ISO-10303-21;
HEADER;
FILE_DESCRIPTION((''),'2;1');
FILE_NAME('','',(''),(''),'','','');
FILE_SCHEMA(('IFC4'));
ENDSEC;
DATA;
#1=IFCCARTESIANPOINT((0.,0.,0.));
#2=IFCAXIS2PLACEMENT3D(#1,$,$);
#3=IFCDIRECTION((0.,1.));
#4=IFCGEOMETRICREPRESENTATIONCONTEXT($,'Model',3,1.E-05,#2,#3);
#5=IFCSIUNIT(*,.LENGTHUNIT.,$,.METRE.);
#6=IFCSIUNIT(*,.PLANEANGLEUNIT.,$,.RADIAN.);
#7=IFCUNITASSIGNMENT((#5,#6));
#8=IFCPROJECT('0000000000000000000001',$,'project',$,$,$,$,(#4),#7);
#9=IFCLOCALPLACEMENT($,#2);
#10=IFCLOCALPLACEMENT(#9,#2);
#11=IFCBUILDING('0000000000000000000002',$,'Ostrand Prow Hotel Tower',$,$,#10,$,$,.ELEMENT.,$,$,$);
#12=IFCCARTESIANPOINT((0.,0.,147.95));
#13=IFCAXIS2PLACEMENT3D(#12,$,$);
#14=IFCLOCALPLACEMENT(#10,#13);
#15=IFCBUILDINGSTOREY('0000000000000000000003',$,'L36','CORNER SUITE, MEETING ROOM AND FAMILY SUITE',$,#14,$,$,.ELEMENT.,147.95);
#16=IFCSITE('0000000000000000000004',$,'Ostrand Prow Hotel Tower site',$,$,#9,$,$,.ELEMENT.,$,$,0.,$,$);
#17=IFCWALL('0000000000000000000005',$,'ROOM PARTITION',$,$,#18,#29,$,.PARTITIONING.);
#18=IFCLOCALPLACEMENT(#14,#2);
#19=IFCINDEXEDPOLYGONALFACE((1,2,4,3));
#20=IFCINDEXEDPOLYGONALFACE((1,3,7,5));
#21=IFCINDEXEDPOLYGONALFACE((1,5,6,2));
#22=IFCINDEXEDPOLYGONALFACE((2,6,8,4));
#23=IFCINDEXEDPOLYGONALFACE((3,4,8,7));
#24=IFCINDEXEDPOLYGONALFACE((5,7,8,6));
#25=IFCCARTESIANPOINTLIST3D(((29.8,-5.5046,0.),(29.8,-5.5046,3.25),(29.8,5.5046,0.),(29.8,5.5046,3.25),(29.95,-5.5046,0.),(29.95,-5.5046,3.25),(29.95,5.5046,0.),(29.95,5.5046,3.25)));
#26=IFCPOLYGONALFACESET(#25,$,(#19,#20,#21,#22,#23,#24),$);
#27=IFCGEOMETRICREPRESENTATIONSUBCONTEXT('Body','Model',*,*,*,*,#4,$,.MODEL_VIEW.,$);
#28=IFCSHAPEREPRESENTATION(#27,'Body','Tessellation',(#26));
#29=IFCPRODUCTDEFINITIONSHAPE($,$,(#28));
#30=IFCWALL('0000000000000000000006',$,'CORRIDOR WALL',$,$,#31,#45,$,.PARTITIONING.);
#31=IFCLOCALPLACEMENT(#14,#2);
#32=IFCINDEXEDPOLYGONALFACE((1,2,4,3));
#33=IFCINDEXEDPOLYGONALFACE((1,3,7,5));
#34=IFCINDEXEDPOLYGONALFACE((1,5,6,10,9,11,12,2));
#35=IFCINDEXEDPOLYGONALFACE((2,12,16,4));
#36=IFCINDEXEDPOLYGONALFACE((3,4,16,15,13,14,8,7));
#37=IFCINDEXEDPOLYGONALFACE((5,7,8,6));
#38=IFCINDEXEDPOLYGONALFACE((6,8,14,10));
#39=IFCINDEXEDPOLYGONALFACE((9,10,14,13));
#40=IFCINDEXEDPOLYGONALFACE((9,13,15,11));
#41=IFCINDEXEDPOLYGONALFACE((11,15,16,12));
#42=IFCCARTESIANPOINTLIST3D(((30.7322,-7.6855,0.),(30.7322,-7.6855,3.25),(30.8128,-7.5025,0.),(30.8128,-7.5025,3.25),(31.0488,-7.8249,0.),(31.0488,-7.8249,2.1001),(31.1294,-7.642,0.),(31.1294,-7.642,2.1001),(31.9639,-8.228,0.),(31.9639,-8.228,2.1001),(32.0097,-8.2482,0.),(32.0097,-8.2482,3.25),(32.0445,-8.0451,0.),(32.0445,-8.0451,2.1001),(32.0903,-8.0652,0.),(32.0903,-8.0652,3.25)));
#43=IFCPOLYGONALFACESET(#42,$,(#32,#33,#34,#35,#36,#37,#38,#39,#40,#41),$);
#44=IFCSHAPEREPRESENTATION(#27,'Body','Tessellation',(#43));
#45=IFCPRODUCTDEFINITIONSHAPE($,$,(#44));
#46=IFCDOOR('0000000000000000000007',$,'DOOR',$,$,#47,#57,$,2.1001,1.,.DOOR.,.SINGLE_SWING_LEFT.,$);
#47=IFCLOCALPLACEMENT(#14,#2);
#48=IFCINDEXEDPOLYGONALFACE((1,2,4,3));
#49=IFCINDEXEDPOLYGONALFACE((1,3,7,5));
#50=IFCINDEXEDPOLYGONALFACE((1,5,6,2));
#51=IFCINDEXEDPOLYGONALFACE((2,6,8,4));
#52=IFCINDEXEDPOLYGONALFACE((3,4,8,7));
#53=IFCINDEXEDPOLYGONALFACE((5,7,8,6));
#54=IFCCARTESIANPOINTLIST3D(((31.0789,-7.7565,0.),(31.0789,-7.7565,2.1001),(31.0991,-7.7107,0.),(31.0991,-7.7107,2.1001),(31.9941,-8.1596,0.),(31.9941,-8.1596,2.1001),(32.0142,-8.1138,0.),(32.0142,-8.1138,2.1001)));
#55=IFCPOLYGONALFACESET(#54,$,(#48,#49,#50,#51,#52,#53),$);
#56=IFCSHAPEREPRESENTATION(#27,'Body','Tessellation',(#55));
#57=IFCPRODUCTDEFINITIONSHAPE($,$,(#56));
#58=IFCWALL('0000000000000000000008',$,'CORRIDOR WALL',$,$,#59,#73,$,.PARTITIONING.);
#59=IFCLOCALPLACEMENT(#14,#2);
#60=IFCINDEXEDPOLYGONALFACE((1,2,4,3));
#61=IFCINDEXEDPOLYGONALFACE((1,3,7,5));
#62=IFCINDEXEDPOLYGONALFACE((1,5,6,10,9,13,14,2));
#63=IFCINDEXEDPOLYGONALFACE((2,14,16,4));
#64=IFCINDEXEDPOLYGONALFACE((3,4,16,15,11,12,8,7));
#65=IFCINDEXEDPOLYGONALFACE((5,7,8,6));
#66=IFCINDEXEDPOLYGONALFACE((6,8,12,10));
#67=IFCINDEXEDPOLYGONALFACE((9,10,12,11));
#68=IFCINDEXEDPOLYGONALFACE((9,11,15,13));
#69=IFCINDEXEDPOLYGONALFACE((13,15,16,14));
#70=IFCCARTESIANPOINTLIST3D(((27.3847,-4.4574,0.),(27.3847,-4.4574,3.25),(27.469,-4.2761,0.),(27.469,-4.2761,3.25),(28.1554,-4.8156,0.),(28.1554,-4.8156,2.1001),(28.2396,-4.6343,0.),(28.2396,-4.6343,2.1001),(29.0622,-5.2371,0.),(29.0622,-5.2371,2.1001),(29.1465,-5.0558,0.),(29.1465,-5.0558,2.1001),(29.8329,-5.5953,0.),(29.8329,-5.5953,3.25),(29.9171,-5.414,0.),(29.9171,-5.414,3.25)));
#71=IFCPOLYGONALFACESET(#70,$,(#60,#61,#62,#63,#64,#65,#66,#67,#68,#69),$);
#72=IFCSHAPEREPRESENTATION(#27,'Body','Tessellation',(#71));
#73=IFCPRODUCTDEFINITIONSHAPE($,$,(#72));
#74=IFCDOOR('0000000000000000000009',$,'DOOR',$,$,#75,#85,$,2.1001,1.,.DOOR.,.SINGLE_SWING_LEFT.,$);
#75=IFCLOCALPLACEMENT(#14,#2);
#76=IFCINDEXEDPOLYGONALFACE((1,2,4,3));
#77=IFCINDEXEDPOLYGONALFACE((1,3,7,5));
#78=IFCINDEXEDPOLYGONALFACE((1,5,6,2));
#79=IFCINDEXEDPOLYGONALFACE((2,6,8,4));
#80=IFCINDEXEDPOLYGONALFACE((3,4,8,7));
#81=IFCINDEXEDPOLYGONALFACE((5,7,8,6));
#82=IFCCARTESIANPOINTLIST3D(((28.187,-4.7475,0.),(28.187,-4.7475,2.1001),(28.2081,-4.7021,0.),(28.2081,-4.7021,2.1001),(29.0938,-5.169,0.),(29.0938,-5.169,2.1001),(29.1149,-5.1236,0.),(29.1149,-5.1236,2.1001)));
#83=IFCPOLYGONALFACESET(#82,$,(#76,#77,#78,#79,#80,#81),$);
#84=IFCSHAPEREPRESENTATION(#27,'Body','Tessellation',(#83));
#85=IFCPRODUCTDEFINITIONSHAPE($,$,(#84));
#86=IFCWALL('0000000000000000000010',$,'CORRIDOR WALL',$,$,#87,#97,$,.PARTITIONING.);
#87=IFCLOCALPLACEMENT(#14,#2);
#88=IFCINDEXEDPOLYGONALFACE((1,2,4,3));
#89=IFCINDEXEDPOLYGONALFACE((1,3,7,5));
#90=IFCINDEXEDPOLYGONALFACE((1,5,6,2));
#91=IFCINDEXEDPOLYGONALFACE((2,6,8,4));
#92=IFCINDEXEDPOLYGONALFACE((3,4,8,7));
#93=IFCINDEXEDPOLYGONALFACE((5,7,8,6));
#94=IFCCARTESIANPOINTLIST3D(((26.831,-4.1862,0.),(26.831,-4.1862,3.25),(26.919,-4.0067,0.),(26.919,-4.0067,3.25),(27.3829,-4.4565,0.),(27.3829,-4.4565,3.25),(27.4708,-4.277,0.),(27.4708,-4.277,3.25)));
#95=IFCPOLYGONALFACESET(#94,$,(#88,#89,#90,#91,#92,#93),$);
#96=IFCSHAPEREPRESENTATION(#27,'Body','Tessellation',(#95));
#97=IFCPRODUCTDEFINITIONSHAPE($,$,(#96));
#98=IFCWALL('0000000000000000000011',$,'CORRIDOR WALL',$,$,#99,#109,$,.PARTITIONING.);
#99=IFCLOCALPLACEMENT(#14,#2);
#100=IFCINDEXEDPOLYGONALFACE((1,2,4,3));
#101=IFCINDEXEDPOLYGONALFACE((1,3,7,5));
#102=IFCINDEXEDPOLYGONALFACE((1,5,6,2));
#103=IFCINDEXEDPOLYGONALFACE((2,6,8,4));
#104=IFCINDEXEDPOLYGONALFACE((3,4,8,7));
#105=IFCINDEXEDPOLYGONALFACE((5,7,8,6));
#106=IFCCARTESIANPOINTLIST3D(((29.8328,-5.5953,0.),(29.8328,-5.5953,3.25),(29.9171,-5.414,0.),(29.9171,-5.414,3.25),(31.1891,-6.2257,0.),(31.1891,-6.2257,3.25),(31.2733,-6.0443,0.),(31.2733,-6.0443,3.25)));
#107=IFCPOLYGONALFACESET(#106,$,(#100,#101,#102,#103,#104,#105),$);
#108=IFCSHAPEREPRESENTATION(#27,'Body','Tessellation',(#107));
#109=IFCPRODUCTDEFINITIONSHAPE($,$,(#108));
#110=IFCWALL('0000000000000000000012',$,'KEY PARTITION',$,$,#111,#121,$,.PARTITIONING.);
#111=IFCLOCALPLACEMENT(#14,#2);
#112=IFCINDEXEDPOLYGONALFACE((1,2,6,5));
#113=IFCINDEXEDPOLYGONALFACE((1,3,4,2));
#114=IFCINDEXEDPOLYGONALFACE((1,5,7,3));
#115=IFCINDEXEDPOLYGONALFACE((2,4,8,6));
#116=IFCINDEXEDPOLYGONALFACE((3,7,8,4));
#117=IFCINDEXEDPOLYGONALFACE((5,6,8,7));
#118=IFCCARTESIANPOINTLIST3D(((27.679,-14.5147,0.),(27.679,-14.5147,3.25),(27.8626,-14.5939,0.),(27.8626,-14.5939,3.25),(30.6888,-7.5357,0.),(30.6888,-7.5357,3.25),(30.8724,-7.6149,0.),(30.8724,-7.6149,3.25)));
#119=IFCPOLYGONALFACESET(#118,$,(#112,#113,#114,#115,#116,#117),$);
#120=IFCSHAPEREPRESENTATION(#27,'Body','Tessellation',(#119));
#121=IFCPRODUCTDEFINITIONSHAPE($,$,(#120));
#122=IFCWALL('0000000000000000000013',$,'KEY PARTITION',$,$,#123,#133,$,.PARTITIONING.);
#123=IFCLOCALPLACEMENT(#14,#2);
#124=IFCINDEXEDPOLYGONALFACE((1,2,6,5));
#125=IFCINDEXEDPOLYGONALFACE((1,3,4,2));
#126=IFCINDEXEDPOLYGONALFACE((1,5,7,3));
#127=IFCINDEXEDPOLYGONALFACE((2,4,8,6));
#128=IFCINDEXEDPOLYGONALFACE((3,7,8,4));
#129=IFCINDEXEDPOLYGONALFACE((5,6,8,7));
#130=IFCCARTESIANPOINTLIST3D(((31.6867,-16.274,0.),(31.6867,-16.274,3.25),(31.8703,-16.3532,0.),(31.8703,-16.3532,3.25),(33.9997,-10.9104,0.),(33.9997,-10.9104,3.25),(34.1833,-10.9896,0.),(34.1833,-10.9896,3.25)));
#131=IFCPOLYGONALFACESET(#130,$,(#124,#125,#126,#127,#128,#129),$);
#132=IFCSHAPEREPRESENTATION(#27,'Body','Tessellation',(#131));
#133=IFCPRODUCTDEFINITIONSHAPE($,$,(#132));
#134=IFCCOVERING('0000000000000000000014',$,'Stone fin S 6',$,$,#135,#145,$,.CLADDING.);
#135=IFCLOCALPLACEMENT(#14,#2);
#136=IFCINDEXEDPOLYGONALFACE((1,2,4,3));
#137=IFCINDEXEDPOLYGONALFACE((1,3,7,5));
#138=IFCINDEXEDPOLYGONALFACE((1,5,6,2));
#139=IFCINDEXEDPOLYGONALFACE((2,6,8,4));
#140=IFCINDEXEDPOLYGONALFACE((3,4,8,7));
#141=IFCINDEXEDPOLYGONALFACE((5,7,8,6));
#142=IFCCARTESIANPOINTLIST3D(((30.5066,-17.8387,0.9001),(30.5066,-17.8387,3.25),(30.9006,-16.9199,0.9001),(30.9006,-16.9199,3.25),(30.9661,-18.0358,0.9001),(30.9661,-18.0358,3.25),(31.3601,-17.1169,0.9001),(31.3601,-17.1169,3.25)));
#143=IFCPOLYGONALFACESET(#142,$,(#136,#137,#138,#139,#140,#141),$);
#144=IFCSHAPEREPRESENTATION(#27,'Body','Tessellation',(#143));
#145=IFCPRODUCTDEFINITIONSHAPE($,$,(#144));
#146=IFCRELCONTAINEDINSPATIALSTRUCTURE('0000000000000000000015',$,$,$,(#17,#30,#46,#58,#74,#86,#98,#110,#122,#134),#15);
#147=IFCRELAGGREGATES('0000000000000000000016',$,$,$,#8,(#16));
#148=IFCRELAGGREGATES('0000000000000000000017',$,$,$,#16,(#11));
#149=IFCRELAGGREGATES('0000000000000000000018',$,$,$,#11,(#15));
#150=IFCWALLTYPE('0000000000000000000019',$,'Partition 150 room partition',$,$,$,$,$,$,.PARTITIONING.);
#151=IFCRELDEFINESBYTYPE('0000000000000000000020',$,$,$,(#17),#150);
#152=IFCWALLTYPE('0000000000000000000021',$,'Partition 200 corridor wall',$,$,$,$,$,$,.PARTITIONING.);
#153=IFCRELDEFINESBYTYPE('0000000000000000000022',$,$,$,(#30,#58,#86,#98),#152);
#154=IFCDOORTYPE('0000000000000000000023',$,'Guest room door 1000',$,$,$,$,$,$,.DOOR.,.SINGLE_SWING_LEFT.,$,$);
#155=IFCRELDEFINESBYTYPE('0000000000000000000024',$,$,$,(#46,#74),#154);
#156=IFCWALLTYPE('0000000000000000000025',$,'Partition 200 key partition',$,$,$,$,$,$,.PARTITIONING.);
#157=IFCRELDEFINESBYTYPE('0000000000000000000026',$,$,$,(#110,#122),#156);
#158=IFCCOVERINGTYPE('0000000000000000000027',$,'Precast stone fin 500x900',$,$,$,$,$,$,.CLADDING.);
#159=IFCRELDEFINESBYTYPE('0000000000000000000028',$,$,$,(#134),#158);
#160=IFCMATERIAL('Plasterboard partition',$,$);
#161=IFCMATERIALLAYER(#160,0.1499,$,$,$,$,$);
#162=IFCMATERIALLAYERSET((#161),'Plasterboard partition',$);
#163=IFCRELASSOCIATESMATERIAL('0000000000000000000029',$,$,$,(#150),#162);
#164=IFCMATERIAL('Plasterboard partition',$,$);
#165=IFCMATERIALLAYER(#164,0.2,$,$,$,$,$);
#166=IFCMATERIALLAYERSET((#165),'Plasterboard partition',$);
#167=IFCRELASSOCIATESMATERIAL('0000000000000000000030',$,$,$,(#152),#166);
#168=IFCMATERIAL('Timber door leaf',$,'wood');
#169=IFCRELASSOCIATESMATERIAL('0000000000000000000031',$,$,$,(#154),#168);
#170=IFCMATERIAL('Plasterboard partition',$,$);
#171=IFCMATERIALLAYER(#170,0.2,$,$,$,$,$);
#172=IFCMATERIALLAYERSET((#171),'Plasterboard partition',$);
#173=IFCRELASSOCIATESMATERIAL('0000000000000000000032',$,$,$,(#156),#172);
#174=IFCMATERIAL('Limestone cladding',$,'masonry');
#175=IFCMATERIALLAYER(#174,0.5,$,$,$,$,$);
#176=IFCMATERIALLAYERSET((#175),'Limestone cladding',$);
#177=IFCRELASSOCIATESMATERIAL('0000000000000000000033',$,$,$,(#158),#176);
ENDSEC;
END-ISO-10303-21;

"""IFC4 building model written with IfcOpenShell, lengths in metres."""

from ifc_helpers import new_model, si_unit, direction, frame, frame_2d, origin, place, context, subcontext, project, spatial, rectangle, extrude, material, layer, layer_set, type_object, element, fill, save


model = new_model("IFC4")

# Units and contexts
model_context = context("Model", 3, precision=1e-05, world=origin(), true_north=direction((0.0, 1.0)))
body_context = subcontext(model_context, "Body", "Model", "MODEL_VIEW")
ifc_project = project(units=[si_unit("LENGTHUNIT", "METRE"), si_unit("PLANEANGLEUNIT", "RADIAN")], contexts=[model_context])

# Site, building, storey
site_placement = place(None, origin())
site = spatial("IfcSite", under=ifc_project, at=site_placement, Name="Ostrand Prow Hotel Tower site", CompositionType="ELEMENT", RefElevation=0.0)
building_placement = place(site_placement, origin())
building = spatial("IfcBuilding", under=site, at=building_placement, Name="Ostrand Prow Hotel Tower", CompositionType="ELEMENT")
storey_placement = place(building_placement, frame((0.0, 0.0, 147.95)))
storey = spatial("IfcBuildingStorey", under=building, at=storey_placement, Name="L36", Description="CORNER SUITE, MEETING ROOM AND FAMILY SUITE", CompositionType="ELEMENT", Elevation=147.95)

# Wall
ifc_material_1 = material(Name="Plasterboard partition")
ifc_layer_1 = layer(ifc_material_1, 0.1499)
ifc_layer_set_1 = layer_set([ifc_layer_1], Name="Plasterboard partition")
wall_type_1 = type_object("IfcWallType", Name="Partition 150 room partition", PredefinedType="PARTITIONING", material=ifc_layer_set_1)
wall_1_placement = place(storey_placement, frame((29.875, -5.5046, 0.0), z_axis=(0.0, 0.0, 1.0), x_axis=(0.0, 1.0, 0.0)))
element("IfcWall", 1, at=wall_1_placement, inside=storey, type_object=wall_type_1, Name="ROOM PARTITION", PredefinedType="PARTITIONING", context=body_context, shape_type="SweptSolid", body=[
    extrude(rectangle(XDim=11.0093, YDim=0.1499, at=frame_2d((5.5046, 0.0))), origin(), (0.0, 0.0, 1.0), 3.25),
])

# Walls, openings, doors
ifc_material_2 = material(Name="Plasterboard partition")
ifc_layer_2 = layer(ifc_material_2, 0.2)
ifc_layer_set_2 = layer_set([ifc_layer_2], Name="Plasterboard partition")
wall_type_2 = type_object("IfcWallType", Name="Partition 200 corridor wall", PredefinedType="PARTITIONING", material=ifc_layer_set_2)
wall_2_placement = place(storey_placement, frame((30.7725, -7.594, 0.0), z_axis=(0.0, 0.0, 1.0), x_axis=(0.915155, -0.403102, 0.0)))
wall_2 = element("IfcWall", 2, at=wall_2_placement, inside=storey, type_object=wall_type_2, Name="CORRIDOR WALL", PredefinedType="PARTITIONING", context=body_context, shape_type="SweptSolid", body=[
    extrude(rectangle(XDim=1.396, YDim=0.2, at=frame_2d((0.698, 0.0))), origin(), (0.0, 0.0, 1.0), 3.25),
])
opening_1_placement = place(wall_2_placement, frame((0.3459, 0.0, 0.0)))
opening_1 = element("IfcOpeningElement", 3, at=opening_1_placement, cuts=wall_2, PredefinedType="OPENING", context=body_context, shape_type="SweptSolid", body=[
    extrude(rectangle(XDim=1.0, YDim=2.1001, at=frame_2d((0.5, 1.05))), frame((0.0, 0.1099, 0.0), z_axis=(0.0, -1.0, 0.0), x_axis=(1.0, 0.0, 0.0)), (0.0, 0.0, 1.0), 0.22),
])
ifc_material_3 = material(Name="Timber door leaf", Category="wood")
door_type_1 = type_object("IfcDoorType", Name="Guest room door 1000", OperationType="SINGLE_SWING_LEFT", PredefinedType="DOOR", material=ifc_material_3)
door_1_placement = place(opening_1_placement, origin())
door_1 = element("IfcDoor", 4, at=door_1_placement, inside=storey, type_object=door_type_1, Name="DOOR", OperationType="SINGLE_SWING_LEFT", OverallHeight=2.1001, OverallWidth=1.0, PredefinedType="DOOR", context=body_context, shape_type="SweptSolid", body=[
    extrude(rectangle(XDim=1.0, YDim=2.1001, at=frame_2d((0.5, 1.05))), frame((0.0, 0.0249, 0.0), z_axis=(0.0, -1.0, 0.0), x_axis=(1.0, 0.0, 0.0)), (0.0, 0.0, 1.0), 0.05),
])
fill(opening_1, door_1)
wall_3_placement = place(storey_placement, frame((29.875, -5.5046, 0.0), z_axis=(0.0, 0.0, 1.0), x_axis=(-0.906831, 0.421494, 0.0)))
wall_3 = element("IfcWall", 5, at=wall_3_placement, inside=storey, type_object=wall_type_2, Name="CORRIDOR WALL", PredefinedType="PARTITIONING", context=body_context, shape_type="SweptSolid", body=[
    extrude(rectangle(XDim=2.6997, YDim=0.2, at=frame_2d((1.3499, 0.0))), origin(), (0.0, 0.0, 1.0), 3.25),
])
opening_2_placement = place(wall_3_placement, frame((0.8499, 0.0, 0.0)))
opening_2 = element("IfcOpeningElement", 6, at=opening_2_placement, cuts=wall_3, PredefinedType="OPENING", context=body_context, shape_type="SweptSolid", body=[
    extrude(rectangle(XDim=1.0, YDim=2.1001, at=frame_2d((0.5, 1.05))), frame((0.0, 0.1099, 0.0), z_axis=(0.0, -1.0, 0.0), x_axis=(1.0, 0.0, 0.0)), (0.0, 0.0, 1.0), 0.22),
])
door_2_placement = place(opening_2_placement, origin())
door_2 = element("IfcDoor", 7, at=door_2_placement, inside=storey, type_object=door_type_1, Name="DOOR", OperationType="SINGLE_SWING_LEFT", OverallHeight=2.1001, OverallWidth=1.0, PredefinedType="DOOR", context=body_context, shape_type="SweptSolid", body=[
    extrude(rectangle(XDim=1.0, YDim=2.1001, at=frame_2d((0.5, 1.05))), frame((0.0, 0.0249, 0.0), z_axis=(0.0, -1.0, 0.0), x_axis=(1.0, 0.0, 0.0)), (0.0, 0.0, 1.0), 0.05),
])
fill(opening_2, door_2)

# Walls
wall_4_placement = place(storey_placement, frame((27.4268, -4.3667, 0.0), z_axis=(0.0, 0.0, 1.0), x_axis=(-0.898053, 0.439887, 0.0)))
element("IfcWall", 8, at=wall_4_placement, inside=storey, type_object=wall_type_2, Name="CORRIDOR WALL", PredefinedType="PARTITIONING", context=body_context, shape_type="SweptSolid", body=[
    extrude(rectangle(XDim=0.6145, YDim=0.2, at=frame_2d((0.3071, 0.0))), origin(), (0.0, 0.0, 1.0), 3.25),
])
wall_5_placement = place(storey_placement, frame((31.2312, -6.135, 0.0), z_axis=(0.0, 0.0, 1.0), x_axis=(-0.906829, 0.4215, 0.0)))
element("IfcWall", 9, at=wall_5_placement, inside=storey, type_object=wall_type_2, Name="CORRIDOR WALL", PredefinedType="PARTITIONING", context=body_context, shape_type="SweptSolid", body=[
    extrude(rectangle(XDim=1.4956, YDim=0.2, at=frame_2d((0.7478, 0.0))), origin(), (0.0, 0.0, 1.0), 3.25),
])
ifc_material_4 = material(Name="Plasterboard partition")
ifc_layer_3 = layer(ifc_material_4, 0.2)
ifc_layer_set_3 = layer_set([ifc_layer_3], Name="Plasterboard partition")
wall_type_3 = type_object("IfcWallType", Name="Partition 200 key partition", PredefinedType="PARTITIONING", material=ifc_layer_set_3)
wall_6_placement = place(storey_placement, frame((27.7708, -14.5544, 0.0), z_axis=(0.0, 0.0, 1.0), x_axis=(0.396004, 0.918249, 0.0)))
element("IfcWall", 10, at=wall_6_placement, inside=storey, type_object=wall_type_3, Name="KEY PARTITION", PredefinedType="PARTITIONING", context=body_context, shape_type="SweptSolid", body=[
    extrude(rectangle(XDim=7.6003, YDim=0.2, at=frame_2d((3.8003, 0.0))), origin(), (0.0, 0.0, 1.0), 3.25),
])
wall_7_placement = place(storey_placement, frame((31.7786, -16.3135, 0.0), z_axis=(0.0, 0.0, 1.0), x_axis=(0.395992, 0.918254, 0.0)))
element("IfcWall", 11, at=wall_7_placement, inside=storey, type_object=wall_type_3, Name="KEY PARTITION", PredefinedType="PARTITIONING", context=body_context, shape_type="SweptSolid", body=[
    extrude(rectangle(XDim=5.8411, YDim=0.2, at=frame_2d((2.9204, 0.0))), origin(), (0.0, 0.0, 1.0), 3.25),
])

# Covering
ifc_material_5 = material(Name="Limestone cladding", Category="masonry")
ifc_layer_4 = layer(ifc_material_5, 0.5)
ifc_layer_set_4 = layer_set([ifc_layer_4], Name="Limestone cladding")
covering_type = type_object("IfcCoveringType", Name="Precast stone fin 500x900", PredefinedType="CLADDING", material=ifc_layer_set_4)
covering_placement = place(storey_placement, frame((31.1304, -17.0183, 0.9001), z_axis=(0.0, 0.0, 1.0), x_axis=(-0.394096, -0.919069, 0.0)))
element("IfcCovering", 12, at=covering_placement, inside=storey, type_object=covering_type, Name="Stone fin S 6", PredefinedType="CLADDING", context=body_context, shape_type="SweptSolid", body=[
    extrude(rectangle(XDim=0.9998, YDim=0.5, at=frame_2d((0.5, 0.0))), origin(), (0.0, 0.0, 1.0), 2.3499),
])

save(model, "model.ifc")
